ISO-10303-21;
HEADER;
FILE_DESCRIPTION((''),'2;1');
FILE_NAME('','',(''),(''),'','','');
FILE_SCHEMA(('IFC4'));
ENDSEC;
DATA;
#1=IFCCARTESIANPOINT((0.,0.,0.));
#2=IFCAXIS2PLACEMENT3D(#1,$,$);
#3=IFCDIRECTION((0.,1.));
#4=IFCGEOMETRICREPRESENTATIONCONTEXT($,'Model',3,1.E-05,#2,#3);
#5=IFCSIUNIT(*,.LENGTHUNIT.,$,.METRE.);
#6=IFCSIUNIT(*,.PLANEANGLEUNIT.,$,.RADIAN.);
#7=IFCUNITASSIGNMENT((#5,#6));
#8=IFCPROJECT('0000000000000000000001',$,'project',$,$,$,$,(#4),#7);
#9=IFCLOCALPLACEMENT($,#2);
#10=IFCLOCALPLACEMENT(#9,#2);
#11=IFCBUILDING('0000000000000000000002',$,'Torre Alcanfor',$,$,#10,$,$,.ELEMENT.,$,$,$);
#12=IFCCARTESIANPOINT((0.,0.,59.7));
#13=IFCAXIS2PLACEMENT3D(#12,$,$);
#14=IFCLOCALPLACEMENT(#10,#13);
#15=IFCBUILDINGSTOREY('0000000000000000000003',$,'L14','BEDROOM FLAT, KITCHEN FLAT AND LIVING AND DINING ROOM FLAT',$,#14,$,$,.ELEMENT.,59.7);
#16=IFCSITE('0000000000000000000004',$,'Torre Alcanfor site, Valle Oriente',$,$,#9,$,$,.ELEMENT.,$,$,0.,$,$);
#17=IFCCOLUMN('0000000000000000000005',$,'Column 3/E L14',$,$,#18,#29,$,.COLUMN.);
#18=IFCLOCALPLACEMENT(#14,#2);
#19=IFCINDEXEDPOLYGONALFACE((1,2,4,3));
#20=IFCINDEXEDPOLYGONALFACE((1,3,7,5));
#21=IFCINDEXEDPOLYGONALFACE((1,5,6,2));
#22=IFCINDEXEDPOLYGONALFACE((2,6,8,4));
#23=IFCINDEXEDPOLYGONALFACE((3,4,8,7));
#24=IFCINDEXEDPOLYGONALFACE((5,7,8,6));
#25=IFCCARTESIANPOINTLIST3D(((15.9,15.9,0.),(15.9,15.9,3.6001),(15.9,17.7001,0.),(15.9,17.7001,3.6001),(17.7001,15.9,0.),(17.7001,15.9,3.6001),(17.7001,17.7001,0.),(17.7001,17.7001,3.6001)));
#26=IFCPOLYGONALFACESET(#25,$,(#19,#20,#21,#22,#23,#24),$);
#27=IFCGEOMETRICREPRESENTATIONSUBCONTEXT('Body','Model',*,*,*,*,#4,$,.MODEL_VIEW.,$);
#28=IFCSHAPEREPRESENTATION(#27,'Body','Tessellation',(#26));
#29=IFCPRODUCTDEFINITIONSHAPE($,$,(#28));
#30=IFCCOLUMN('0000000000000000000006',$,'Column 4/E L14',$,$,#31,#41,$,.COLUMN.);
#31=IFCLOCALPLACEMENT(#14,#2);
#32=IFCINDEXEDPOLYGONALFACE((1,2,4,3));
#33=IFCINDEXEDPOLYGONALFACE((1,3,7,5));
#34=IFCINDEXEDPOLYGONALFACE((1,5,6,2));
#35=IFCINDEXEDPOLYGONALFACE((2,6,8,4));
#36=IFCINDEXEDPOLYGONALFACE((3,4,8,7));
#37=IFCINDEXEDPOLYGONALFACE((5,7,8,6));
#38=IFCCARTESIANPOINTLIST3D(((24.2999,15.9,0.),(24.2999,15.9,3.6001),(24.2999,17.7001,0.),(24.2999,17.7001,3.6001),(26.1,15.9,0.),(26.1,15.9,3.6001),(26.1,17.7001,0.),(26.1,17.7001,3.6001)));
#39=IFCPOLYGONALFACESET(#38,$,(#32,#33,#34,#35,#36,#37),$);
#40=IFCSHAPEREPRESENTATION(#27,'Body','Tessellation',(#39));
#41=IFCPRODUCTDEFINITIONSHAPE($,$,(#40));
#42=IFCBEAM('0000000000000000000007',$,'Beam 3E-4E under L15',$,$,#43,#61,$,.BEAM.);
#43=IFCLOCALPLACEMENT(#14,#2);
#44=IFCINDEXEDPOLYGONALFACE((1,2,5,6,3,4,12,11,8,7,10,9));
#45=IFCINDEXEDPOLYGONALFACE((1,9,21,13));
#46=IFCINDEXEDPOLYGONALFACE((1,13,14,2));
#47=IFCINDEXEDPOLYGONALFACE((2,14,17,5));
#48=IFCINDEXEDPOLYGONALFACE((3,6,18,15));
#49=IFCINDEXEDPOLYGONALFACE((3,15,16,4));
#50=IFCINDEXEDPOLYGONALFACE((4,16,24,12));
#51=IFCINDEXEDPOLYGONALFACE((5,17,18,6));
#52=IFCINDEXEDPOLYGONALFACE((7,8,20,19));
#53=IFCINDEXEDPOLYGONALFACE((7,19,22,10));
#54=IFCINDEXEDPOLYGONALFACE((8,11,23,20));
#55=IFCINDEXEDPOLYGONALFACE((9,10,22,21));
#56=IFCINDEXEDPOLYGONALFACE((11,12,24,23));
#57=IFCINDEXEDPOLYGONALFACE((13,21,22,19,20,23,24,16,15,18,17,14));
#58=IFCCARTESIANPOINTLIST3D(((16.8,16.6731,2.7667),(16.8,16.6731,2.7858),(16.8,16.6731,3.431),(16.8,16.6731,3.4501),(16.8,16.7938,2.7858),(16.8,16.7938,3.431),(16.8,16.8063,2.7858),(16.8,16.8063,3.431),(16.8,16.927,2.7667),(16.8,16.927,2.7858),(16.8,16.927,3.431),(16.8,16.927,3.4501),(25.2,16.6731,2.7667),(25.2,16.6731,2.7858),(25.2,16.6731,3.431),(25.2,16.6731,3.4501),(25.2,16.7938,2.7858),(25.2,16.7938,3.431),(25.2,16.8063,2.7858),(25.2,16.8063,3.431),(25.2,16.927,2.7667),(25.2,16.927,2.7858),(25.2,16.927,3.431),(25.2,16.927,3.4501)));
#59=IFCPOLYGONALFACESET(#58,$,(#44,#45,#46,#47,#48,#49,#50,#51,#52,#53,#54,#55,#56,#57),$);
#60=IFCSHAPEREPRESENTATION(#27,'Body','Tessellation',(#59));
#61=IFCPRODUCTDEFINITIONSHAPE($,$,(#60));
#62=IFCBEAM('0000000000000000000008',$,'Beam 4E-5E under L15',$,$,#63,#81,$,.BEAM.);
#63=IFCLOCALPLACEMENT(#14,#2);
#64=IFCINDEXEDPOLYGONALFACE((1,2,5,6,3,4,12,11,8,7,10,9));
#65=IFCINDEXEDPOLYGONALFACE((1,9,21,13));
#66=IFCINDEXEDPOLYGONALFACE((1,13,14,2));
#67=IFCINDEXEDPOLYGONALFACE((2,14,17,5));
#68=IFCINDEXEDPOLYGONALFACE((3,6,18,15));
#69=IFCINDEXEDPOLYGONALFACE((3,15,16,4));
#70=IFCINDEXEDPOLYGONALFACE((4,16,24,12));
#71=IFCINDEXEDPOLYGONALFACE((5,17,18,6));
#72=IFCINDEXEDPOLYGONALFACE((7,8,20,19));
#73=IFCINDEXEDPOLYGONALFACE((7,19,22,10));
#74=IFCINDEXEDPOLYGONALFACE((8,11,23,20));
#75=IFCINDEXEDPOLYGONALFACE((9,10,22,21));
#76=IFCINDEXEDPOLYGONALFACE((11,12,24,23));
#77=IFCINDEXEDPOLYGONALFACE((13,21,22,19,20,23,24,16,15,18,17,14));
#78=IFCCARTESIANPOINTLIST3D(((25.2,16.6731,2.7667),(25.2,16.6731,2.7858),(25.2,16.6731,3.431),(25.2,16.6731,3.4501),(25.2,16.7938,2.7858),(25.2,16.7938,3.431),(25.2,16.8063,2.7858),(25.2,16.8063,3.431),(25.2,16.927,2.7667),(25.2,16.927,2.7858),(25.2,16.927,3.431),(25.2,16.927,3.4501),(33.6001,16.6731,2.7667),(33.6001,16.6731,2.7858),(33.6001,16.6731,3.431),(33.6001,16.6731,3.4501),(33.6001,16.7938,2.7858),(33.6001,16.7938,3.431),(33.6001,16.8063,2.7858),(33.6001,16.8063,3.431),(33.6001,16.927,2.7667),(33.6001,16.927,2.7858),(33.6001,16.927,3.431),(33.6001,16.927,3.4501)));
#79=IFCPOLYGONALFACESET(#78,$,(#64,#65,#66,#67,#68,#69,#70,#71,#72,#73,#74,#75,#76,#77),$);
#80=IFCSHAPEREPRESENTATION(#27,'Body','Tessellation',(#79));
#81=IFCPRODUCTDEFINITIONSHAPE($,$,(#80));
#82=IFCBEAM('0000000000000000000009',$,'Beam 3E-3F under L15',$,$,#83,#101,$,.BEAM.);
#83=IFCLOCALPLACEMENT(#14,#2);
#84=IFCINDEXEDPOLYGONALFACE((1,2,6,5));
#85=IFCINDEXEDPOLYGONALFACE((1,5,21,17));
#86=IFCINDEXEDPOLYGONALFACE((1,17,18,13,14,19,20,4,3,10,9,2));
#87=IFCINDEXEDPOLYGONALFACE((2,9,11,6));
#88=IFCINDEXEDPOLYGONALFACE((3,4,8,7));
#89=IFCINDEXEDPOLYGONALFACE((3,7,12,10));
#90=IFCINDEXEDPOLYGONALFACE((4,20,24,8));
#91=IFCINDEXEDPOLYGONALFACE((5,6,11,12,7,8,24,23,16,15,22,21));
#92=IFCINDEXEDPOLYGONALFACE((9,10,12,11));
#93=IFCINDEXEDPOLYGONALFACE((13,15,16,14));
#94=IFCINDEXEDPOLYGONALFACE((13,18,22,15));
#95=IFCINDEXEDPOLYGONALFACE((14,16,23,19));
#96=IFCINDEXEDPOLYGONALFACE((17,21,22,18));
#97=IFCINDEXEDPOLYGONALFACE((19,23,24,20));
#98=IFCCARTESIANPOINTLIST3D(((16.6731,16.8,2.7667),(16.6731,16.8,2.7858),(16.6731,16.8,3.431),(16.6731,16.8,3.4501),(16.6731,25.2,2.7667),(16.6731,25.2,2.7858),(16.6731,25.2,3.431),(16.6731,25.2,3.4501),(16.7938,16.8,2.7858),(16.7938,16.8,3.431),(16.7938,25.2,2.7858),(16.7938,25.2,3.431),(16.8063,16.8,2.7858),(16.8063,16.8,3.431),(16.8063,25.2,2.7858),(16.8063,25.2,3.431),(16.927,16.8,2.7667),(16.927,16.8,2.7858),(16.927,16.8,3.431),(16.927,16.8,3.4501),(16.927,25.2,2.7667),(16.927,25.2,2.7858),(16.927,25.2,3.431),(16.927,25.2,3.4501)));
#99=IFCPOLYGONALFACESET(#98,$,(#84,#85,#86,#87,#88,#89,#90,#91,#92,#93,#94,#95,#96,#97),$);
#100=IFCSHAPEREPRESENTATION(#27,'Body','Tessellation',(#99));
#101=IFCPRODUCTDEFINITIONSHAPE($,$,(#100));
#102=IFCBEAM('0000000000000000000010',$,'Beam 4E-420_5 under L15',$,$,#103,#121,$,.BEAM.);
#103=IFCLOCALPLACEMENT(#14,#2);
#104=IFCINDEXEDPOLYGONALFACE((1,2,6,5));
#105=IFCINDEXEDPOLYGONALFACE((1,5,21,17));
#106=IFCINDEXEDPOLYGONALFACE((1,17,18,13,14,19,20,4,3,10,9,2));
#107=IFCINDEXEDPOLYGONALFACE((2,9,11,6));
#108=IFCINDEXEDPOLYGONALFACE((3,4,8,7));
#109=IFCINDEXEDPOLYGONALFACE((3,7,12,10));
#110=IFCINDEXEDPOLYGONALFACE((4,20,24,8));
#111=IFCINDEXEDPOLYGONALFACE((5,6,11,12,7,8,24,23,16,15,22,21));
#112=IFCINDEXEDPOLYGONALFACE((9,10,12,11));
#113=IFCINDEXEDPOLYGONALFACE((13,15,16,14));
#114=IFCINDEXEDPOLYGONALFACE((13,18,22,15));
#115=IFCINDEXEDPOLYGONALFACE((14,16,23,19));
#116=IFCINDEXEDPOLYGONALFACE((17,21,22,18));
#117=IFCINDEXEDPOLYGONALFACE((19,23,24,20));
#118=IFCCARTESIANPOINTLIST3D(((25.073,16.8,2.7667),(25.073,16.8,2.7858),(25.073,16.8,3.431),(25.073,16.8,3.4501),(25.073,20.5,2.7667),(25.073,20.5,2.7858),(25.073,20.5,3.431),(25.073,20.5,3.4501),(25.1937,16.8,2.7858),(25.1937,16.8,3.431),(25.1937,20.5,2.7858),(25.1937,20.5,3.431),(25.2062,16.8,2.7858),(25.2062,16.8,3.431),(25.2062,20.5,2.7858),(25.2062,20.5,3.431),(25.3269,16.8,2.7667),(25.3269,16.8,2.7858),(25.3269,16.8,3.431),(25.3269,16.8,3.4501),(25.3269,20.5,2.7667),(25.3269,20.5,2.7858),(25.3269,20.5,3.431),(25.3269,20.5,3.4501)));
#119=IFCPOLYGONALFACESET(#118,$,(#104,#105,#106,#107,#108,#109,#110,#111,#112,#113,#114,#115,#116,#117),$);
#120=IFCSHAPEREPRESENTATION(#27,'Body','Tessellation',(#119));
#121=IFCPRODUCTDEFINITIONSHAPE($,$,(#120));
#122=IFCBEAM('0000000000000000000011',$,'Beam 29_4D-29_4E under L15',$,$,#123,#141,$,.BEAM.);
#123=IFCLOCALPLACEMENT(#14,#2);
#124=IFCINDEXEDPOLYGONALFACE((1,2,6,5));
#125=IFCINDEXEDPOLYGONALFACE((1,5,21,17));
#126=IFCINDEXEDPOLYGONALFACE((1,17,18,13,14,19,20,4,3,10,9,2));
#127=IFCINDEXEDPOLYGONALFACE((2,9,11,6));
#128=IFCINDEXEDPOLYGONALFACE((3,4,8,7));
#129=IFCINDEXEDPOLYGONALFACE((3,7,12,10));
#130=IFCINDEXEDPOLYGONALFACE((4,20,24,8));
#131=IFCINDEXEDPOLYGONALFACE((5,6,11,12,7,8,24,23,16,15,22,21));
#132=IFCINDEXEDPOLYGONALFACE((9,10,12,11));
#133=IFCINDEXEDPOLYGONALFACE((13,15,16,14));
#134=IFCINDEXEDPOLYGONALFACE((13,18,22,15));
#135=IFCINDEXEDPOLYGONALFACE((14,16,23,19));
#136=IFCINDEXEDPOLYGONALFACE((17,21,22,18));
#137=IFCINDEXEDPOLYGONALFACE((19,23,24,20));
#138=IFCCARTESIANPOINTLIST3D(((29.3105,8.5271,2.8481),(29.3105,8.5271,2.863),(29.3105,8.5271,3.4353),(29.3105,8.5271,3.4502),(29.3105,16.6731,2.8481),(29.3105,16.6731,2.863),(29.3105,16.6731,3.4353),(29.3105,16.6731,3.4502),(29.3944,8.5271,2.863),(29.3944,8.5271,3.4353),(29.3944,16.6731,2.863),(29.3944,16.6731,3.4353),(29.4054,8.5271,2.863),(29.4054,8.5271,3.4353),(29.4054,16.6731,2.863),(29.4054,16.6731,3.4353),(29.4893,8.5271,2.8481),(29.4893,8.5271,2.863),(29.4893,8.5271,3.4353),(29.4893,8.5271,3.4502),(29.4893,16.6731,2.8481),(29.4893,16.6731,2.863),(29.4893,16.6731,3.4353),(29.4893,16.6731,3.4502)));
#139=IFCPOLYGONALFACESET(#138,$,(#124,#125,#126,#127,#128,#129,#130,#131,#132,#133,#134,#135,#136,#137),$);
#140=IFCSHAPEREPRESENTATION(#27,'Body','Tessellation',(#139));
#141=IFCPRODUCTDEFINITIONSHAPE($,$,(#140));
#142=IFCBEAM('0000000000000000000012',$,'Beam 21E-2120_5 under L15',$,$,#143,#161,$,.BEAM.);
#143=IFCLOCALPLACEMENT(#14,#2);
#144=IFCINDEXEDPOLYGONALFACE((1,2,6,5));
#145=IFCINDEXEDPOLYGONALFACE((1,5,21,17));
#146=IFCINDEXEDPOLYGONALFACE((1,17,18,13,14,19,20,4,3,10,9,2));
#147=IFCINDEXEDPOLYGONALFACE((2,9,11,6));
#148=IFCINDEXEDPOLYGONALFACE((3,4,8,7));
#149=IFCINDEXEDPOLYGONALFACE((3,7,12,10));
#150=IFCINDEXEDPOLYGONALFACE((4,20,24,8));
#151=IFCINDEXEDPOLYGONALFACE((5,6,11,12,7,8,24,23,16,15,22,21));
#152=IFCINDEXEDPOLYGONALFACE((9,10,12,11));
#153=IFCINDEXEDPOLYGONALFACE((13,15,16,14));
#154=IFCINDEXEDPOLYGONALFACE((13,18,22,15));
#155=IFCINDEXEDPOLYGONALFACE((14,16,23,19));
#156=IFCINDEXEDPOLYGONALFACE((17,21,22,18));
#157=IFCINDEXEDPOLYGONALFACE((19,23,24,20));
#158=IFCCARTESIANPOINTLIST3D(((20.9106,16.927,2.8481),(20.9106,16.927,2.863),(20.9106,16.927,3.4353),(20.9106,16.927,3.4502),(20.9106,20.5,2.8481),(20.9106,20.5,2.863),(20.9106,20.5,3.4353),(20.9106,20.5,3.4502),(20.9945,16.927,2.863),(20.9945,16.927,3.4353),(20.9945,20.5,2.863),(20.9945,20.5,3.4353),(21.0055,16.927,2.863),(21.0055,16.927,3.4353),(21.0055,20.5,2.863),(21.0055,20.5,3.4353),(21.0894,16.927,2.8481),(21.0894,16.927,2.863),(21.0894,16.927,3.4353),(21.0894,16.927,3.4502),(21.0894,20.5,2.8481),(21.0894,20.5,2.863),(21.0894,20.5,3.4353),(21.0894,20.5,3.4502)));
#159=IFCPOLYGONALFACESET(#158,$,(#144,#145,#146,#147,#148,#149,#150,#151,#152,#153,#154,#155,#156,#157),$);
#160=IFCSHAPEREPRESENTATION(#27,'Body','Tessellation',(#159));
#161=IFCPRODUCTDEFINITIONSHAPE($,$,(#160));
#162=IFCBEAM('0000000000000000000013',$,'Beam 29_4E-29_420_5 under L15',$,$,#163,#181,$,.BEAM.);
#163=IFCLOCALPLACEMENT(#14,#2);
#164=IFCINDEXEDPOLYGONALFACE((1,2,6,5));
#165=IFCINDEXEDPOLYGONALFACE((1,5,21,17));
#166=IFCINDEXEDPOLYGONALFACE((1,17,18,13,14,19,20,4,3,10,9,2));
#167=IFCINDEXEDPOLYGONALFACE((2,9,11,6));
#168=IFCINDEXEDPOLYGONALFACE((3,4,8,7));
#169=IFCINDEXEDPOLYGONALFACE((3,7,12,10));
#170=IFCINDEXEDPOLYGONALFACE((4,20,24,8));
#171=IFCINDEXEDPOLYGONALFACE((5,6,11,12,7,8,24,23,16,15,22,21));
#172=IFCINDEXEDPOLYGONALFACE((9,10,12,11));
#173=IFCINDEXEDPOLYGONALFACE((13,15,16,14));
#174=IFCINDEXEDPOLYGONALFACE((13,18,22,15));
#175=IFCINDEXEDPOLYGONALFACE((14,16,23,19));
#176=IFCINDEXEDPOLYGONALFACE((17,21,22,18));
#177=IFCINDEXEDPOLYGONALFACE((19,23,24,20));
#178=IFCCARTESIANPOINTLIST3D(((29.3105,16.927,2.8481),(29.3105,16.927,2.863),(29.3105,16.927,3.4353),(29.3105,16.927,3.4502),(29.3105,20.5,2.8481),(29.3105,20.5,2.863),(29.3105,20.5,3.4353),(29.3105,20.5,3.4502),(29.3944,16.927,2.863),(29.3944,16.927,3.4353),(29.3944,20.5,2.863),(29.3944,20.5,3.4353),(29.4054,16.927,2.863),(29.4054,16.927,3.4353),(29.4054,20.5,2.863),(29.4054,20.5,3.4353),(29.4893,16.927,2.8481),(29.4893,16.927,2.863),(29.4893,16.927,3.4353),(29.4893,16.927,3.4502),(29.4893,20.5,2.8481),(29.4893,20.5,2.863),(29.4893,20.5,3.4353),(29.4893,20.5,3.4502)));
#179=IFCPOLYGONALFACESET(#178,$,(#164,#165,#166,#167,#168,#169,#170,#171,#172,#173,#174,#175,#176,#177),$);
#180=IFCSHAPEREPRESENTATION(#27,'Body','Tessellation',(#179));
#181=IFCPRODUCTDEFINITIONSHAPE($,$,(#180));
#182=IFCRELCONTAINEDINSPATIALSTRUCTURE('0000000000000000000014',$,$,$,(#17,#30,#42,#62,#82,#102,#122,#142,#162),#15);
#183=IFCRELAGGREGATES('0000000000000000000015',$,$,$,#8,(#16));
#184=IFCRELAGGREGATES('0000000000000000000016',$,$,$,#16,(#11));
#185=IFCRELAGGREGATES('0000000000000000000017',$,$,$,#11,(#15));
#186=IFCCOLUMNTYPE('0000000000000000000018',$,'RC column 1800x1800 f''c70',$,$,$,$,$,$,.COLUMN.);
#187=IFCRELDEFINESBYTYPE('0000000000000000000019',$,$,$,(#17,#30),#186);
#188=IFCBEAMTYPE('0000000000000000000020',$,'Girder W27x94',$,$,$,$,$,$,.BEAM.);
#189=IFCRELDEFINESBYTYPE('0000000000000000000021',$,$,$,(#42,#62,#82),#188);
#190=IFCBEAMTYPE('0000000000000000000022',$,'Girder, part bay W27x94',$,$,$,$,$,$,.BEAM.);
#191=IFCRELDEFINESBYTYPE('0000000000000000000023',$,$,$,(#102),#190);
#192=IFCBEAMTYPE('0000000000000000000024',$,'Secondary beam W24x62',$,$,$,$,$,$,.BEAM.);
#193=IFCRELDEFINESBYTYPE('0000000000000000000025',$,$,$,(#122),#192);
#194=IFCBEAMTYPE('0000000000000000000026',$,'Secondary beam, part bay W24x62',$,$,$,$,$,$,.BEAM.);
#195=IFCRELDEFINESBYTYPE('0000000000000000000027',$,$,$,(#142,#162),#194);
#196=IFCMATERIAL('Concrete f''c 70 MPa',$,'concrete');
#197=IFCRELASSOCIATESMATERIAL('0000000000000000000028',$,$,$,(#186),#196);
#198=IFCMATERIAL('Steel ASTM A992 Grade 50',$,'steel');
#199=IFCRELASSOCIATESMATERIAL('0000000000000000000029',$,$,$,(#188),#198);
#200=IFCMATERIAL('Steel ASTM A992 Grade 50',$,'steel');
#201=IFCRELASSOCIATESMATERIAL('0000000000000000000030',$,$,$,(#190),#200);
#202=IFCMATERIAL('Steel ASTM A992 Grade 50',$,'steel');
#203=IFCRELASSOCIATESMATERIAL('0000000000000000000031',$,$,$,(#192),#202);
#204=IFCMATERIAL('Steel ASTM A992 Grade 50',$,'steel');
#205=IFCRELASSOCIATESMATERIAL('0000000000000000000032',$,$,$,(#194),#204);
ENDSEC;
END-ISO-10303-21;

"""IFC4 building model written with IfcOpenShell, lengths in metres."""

from ifc_helpers import new_model, si_unit, direction, frame, origin, origin_2d, place, context, subcontext, project, spatial, rectangle, i_section, extrude, material, material_profile, profile_set, type_object, element, save


model = new_model("IFC4")

# Units and contexts
model_context = context("Model", 3, precision=1e-05, world=origin(), true_north=direction((0.0, 1.0)))
body_context = subcontext(model_context, "Body", "Model", "MODEL_VIEW")
ifc_project = project(units=[si_unit("LENGTHUNIT", "METRE"), si_unit("PLANEANGLEUNIT", "RADIAN")], contexts=[model_context])

# Site, building, storey
site_placement = place(None, origin())
site = spatial("IfcSite", under=ifc_project, at=site_placement, Name="Torre Alcanfor site, Valle Oriente", CompositionType="ELEMENT", RefElevation=0.0)
building_placement = place(site_placement, origin())
building = spatial("IfcBuilding", under=site, at=building_placement, Name="Torre Alcanfor", CompositionType="ELEMENT")
storey_placement = place(building_placement, frame((0.0, 0.0, 59.7)))
storey = spatial("IfcBuildingStorey", under=building, at=storey_placement, Name="L14", Description="BEDROOM FLAT, KITCHEN FLAT AND LIVING AND DINING ROOM FLAT", CompositionType="ELEMENT", Elevation=59.7)

# Columns
ifc_material_1 = material(Name="Concrete f'c 70 MPa", Category="concrete")
ifc_material_profile_1 = material_profile(ifc_material_1, rectangle(XDim=1.8, YDim=1.8, at=origin_2d()), Name="1800x1800")
ifc_profile_set_1 = profile_set([ifc_material_profile_1], Name="Concrete f'c 70 MPa")
column_type = type_object("IfcColumnType", Name="RC column 1800x1800 f'c70", PredefinedType="COLUMN", material=ifc_profile_set_1)
for number, where, z_axis, x_axis, name in (
    (1, (16.8, 16.8, 0.0), (0.0, 0.0, 1.0), (1.0, 0.0, 0.0), "Column 3/E L14"),
    (2, (25.2, 16.8, 0.0), (0.0, 0.0, 1.0), (1.0, 0.0, 0.0), "Column 4/E L14"),
):
    element("IfcColumn", number, at=place(storey_placement, frame(where, z_axis=z_axis, x_axis=x_axis)), inside=storey, type_object=column_type, Name=name, PredefinedType="COLUMN", context=body_context, shape_type="SweptSolid", body=[
        extrude(rectangle(XDim=1.8, YDim=1.8, at=origin_2d()), origin(), (0.0, 0.0, 1.0), 3.6001),
    ])

# Beams
ifc_material_2 = material(Name="Steel ASTM A992 Grade 50", Category="steel")
ifc_material_profile_2 = material_profile(ifc_material_2, i_section(OverallWidth=0.2539, OverallDepth=0.6833, WebThickness=0.0125, FlangeThickness=0.019, at=origin_2d()), Name="W27x94")
ifc_profile_set_2 = profile_set([ifc_material_profile_2], Name="Steel ASTM A992 Grade 50")
beam_type_1 = type_object("IfcBeamType", Name="Girder W27x94", PredefinedType="BEAM", material=ifc_profile_set_2)
beam_1_placement = place(storey_placement, frame((16.8, 16.8, 3.1084), z_axis=(1.0, 0.0, 0.0), x_axis=(0.0, 1.0, 0.0)))
element("IfcBeam", 3, at=beam_1_placement, inside=storey, type_object=beam_type_1, Name="Beam 3E-4E under L15", PredefinedType="BEAM", context=body_context, shape_type="SweptSolid", body=[
    extrude(i_section(OverallWidth=0.2539, OverallDepth=0.6833, WebThickness=0.0125, FlangeThickness=0.019, at=origin_2d()), origin(), (0.0, 0.0, 1.0), 8.3999),
])
beam_2_placement = place(storey_placement, frame((25.2, 16.8, 3.1084), z_axis=(1.0, 0.0, 0.0), x_axis=(0.0, 1.0, 0.0)))
element("IfcBeam", 4, at=beam_2_placement, inside=storey, type_object=beam_type_1, Name="Beam 4E-5E under L15", PredefinedType="BEAM", context=body_context, shape_type="SweptSolid", body=[
    extrude(i_section(OverallWidth=0.2539, OverallDepth=0.6833, WebThickness=0.0125, FlangeThickness=0.019, at=origin_2d()), origin(), (0.0, 0.0, 1.0), 8.4001),
])
beam_3_placement = place(storey_placement, frame((16.8, 16.8, 3.1084), z_axis=(0.0, 1.0, 0.0), x_axis=(-1.0, 0.0, 0.0)))
element("IfcBeam", 5, at=beam_3_placement, inside=storey, type_object=beam_type_1, Name="Beam 3E-3F under L15", PredefinedType="BEAM", context=body_context, shape_type="SweptSolid", body=[
    extrude(i_section(OverallWidth=0.2539, OverallDepth=0.6833, WebThickness=0.0125, FlangeThickness=0.019, at=origin_2d()), origin(), (0.0, 0.0, 1.0), 8.3999),
])
ifc_material_3 = material(Name="Steel ASTM A992 Grade 50", Category="steel")
ifc_material_profile_3 = material_profile(ifc_material_3, i_section(OverallWidth=0.2539, OverallDepth=0.6833, WebThickness=0.0125, FlangeThickness=0.019, at=origin_2d()), Name="W27x94")
ifc_profile_set_3 = profile_set([ifc_material_profile_3], Name="Steel ASTM A992 Grade 50")
beam_type_2 = type_object("IfcBeamType", Name="Girder, part bay W27x94", PredefinedType="BEAM", material=ifc_profile_set_3)
beam_4_placement = place(storey_placement, frame((25.2, 16.8, 3.1084), z_axis=(0.0, 1.0, 0.0), x_axis=(-1.0, 0.0, 0.0)))
element("IfcBeam", 6, at=beam_4_placement, inside=storey, type_object=beam_type_2, Name="Beam 4E-420_5 under L15", PredefinedType="BEAM", context=body_context, shape_type="SweptSolid", body=[
    extrude(i_section(OverallWidth=0.2539, OverallDepth=0.6833, WebThickness=0.0125, FlangeThickness=0.019, at=origin_2d()), origin(), (0.0, 0.0, 1.0), 3.7),
])
ifc_material_4 = material(Name="Steel ASTM A992 Grade 50", Category="steel")
ifc_material_profile_4 = material_profile(ifc_material_4, i_section(OverallWidth=0.1787, OverallDepth=0.6021, WebThickness=0.011, FlangeThickness=0.0149, at=origin_2d()), Name="W24x62")
ifc_profile_set_4 = profile_set([ifc_material_profile_4], Name="Steel ASTM A992 Grade 50")
beam_type_3 = type_object("IfcBeamType", Name="Secondary beam W24x62", PredefinedType="BEAM", material=ifc_profile_set_4)
beam_5_placement = place(storey_placement, frame((29.3999, 8.5271, 3.1492), z_axis=(0.0, 1.0, 0.0), x_axis=(-1.0, 0.0, 0.0)))
element("IfcBeam", 7, at=beam_5_placement, inside=storey, type_object=beam_type_3, Name="Beam 29_4D-29_4E under L15", PredefinedType="BEAM", context=body_context, shape_type="SweptSolid", body=[
    extrude(i_section(OverallWidth=0.1787, OverallDepth=0.6021, WebThickness=0.011, FlangeThickness=0.0149, at=origin_2d()), origin(), (0.0, 0.0, 1.0), 8.146),
])
ifc_material_5 = material(Name="Steel ASTM A992 Grade 50", Category="steel")
ifc_material_profile_5 = material_profile(ifc_material_5, i_section(OverallWidth=0.1787, OverallDepth=0.6021, WebThickness=0.011, FlangeThickness=0.0149, at=origin_2d()), Name="W24x62")
ifc_profile_set_5 = profile_set([ifc_material_profile_5], Name="Steel ASTM A992 Grade 50")
beam_type_4 = type_object("IfcBeamType", Name="Secondary beam, part bay W24x62", PredefinedType="BEAM", material=ifc_profile_set_5)
for number, where, z_axis, x_axis, name in (
    (8, (21.0, 16.927, 3.1492), (0.0, 1.0, 0.0), (-1.0, 0.0, 0.0), "Beam 21E-2120_5 under L15"),
    (9, (29.3999, 16.927, 3.1492), (0.0, 1.0, 0.0), (-1.0, 0.0, 0.0), "Beam 29_4E-29_420_5 under L15"),
):
    element("IfcBeam", number, at=place(storey_placement, frame(where, z_axis=z_axis, x_axis=x_axis)), inside=storey, type_object=beam_type_4, Name=name, PredefinedType="BEAM", context=body_context, shape_type="SweptSolid", body=[
        extrude(i_section(OverallWidth=0.1787, OverallDepth=0.6021, WebThickness=0.011, FlangeThickness=0.0149, at=origin_2d()), origin(), (0.0, 0.0, 1.0), 3.573),
    ])

save(model, "model.ifc")
